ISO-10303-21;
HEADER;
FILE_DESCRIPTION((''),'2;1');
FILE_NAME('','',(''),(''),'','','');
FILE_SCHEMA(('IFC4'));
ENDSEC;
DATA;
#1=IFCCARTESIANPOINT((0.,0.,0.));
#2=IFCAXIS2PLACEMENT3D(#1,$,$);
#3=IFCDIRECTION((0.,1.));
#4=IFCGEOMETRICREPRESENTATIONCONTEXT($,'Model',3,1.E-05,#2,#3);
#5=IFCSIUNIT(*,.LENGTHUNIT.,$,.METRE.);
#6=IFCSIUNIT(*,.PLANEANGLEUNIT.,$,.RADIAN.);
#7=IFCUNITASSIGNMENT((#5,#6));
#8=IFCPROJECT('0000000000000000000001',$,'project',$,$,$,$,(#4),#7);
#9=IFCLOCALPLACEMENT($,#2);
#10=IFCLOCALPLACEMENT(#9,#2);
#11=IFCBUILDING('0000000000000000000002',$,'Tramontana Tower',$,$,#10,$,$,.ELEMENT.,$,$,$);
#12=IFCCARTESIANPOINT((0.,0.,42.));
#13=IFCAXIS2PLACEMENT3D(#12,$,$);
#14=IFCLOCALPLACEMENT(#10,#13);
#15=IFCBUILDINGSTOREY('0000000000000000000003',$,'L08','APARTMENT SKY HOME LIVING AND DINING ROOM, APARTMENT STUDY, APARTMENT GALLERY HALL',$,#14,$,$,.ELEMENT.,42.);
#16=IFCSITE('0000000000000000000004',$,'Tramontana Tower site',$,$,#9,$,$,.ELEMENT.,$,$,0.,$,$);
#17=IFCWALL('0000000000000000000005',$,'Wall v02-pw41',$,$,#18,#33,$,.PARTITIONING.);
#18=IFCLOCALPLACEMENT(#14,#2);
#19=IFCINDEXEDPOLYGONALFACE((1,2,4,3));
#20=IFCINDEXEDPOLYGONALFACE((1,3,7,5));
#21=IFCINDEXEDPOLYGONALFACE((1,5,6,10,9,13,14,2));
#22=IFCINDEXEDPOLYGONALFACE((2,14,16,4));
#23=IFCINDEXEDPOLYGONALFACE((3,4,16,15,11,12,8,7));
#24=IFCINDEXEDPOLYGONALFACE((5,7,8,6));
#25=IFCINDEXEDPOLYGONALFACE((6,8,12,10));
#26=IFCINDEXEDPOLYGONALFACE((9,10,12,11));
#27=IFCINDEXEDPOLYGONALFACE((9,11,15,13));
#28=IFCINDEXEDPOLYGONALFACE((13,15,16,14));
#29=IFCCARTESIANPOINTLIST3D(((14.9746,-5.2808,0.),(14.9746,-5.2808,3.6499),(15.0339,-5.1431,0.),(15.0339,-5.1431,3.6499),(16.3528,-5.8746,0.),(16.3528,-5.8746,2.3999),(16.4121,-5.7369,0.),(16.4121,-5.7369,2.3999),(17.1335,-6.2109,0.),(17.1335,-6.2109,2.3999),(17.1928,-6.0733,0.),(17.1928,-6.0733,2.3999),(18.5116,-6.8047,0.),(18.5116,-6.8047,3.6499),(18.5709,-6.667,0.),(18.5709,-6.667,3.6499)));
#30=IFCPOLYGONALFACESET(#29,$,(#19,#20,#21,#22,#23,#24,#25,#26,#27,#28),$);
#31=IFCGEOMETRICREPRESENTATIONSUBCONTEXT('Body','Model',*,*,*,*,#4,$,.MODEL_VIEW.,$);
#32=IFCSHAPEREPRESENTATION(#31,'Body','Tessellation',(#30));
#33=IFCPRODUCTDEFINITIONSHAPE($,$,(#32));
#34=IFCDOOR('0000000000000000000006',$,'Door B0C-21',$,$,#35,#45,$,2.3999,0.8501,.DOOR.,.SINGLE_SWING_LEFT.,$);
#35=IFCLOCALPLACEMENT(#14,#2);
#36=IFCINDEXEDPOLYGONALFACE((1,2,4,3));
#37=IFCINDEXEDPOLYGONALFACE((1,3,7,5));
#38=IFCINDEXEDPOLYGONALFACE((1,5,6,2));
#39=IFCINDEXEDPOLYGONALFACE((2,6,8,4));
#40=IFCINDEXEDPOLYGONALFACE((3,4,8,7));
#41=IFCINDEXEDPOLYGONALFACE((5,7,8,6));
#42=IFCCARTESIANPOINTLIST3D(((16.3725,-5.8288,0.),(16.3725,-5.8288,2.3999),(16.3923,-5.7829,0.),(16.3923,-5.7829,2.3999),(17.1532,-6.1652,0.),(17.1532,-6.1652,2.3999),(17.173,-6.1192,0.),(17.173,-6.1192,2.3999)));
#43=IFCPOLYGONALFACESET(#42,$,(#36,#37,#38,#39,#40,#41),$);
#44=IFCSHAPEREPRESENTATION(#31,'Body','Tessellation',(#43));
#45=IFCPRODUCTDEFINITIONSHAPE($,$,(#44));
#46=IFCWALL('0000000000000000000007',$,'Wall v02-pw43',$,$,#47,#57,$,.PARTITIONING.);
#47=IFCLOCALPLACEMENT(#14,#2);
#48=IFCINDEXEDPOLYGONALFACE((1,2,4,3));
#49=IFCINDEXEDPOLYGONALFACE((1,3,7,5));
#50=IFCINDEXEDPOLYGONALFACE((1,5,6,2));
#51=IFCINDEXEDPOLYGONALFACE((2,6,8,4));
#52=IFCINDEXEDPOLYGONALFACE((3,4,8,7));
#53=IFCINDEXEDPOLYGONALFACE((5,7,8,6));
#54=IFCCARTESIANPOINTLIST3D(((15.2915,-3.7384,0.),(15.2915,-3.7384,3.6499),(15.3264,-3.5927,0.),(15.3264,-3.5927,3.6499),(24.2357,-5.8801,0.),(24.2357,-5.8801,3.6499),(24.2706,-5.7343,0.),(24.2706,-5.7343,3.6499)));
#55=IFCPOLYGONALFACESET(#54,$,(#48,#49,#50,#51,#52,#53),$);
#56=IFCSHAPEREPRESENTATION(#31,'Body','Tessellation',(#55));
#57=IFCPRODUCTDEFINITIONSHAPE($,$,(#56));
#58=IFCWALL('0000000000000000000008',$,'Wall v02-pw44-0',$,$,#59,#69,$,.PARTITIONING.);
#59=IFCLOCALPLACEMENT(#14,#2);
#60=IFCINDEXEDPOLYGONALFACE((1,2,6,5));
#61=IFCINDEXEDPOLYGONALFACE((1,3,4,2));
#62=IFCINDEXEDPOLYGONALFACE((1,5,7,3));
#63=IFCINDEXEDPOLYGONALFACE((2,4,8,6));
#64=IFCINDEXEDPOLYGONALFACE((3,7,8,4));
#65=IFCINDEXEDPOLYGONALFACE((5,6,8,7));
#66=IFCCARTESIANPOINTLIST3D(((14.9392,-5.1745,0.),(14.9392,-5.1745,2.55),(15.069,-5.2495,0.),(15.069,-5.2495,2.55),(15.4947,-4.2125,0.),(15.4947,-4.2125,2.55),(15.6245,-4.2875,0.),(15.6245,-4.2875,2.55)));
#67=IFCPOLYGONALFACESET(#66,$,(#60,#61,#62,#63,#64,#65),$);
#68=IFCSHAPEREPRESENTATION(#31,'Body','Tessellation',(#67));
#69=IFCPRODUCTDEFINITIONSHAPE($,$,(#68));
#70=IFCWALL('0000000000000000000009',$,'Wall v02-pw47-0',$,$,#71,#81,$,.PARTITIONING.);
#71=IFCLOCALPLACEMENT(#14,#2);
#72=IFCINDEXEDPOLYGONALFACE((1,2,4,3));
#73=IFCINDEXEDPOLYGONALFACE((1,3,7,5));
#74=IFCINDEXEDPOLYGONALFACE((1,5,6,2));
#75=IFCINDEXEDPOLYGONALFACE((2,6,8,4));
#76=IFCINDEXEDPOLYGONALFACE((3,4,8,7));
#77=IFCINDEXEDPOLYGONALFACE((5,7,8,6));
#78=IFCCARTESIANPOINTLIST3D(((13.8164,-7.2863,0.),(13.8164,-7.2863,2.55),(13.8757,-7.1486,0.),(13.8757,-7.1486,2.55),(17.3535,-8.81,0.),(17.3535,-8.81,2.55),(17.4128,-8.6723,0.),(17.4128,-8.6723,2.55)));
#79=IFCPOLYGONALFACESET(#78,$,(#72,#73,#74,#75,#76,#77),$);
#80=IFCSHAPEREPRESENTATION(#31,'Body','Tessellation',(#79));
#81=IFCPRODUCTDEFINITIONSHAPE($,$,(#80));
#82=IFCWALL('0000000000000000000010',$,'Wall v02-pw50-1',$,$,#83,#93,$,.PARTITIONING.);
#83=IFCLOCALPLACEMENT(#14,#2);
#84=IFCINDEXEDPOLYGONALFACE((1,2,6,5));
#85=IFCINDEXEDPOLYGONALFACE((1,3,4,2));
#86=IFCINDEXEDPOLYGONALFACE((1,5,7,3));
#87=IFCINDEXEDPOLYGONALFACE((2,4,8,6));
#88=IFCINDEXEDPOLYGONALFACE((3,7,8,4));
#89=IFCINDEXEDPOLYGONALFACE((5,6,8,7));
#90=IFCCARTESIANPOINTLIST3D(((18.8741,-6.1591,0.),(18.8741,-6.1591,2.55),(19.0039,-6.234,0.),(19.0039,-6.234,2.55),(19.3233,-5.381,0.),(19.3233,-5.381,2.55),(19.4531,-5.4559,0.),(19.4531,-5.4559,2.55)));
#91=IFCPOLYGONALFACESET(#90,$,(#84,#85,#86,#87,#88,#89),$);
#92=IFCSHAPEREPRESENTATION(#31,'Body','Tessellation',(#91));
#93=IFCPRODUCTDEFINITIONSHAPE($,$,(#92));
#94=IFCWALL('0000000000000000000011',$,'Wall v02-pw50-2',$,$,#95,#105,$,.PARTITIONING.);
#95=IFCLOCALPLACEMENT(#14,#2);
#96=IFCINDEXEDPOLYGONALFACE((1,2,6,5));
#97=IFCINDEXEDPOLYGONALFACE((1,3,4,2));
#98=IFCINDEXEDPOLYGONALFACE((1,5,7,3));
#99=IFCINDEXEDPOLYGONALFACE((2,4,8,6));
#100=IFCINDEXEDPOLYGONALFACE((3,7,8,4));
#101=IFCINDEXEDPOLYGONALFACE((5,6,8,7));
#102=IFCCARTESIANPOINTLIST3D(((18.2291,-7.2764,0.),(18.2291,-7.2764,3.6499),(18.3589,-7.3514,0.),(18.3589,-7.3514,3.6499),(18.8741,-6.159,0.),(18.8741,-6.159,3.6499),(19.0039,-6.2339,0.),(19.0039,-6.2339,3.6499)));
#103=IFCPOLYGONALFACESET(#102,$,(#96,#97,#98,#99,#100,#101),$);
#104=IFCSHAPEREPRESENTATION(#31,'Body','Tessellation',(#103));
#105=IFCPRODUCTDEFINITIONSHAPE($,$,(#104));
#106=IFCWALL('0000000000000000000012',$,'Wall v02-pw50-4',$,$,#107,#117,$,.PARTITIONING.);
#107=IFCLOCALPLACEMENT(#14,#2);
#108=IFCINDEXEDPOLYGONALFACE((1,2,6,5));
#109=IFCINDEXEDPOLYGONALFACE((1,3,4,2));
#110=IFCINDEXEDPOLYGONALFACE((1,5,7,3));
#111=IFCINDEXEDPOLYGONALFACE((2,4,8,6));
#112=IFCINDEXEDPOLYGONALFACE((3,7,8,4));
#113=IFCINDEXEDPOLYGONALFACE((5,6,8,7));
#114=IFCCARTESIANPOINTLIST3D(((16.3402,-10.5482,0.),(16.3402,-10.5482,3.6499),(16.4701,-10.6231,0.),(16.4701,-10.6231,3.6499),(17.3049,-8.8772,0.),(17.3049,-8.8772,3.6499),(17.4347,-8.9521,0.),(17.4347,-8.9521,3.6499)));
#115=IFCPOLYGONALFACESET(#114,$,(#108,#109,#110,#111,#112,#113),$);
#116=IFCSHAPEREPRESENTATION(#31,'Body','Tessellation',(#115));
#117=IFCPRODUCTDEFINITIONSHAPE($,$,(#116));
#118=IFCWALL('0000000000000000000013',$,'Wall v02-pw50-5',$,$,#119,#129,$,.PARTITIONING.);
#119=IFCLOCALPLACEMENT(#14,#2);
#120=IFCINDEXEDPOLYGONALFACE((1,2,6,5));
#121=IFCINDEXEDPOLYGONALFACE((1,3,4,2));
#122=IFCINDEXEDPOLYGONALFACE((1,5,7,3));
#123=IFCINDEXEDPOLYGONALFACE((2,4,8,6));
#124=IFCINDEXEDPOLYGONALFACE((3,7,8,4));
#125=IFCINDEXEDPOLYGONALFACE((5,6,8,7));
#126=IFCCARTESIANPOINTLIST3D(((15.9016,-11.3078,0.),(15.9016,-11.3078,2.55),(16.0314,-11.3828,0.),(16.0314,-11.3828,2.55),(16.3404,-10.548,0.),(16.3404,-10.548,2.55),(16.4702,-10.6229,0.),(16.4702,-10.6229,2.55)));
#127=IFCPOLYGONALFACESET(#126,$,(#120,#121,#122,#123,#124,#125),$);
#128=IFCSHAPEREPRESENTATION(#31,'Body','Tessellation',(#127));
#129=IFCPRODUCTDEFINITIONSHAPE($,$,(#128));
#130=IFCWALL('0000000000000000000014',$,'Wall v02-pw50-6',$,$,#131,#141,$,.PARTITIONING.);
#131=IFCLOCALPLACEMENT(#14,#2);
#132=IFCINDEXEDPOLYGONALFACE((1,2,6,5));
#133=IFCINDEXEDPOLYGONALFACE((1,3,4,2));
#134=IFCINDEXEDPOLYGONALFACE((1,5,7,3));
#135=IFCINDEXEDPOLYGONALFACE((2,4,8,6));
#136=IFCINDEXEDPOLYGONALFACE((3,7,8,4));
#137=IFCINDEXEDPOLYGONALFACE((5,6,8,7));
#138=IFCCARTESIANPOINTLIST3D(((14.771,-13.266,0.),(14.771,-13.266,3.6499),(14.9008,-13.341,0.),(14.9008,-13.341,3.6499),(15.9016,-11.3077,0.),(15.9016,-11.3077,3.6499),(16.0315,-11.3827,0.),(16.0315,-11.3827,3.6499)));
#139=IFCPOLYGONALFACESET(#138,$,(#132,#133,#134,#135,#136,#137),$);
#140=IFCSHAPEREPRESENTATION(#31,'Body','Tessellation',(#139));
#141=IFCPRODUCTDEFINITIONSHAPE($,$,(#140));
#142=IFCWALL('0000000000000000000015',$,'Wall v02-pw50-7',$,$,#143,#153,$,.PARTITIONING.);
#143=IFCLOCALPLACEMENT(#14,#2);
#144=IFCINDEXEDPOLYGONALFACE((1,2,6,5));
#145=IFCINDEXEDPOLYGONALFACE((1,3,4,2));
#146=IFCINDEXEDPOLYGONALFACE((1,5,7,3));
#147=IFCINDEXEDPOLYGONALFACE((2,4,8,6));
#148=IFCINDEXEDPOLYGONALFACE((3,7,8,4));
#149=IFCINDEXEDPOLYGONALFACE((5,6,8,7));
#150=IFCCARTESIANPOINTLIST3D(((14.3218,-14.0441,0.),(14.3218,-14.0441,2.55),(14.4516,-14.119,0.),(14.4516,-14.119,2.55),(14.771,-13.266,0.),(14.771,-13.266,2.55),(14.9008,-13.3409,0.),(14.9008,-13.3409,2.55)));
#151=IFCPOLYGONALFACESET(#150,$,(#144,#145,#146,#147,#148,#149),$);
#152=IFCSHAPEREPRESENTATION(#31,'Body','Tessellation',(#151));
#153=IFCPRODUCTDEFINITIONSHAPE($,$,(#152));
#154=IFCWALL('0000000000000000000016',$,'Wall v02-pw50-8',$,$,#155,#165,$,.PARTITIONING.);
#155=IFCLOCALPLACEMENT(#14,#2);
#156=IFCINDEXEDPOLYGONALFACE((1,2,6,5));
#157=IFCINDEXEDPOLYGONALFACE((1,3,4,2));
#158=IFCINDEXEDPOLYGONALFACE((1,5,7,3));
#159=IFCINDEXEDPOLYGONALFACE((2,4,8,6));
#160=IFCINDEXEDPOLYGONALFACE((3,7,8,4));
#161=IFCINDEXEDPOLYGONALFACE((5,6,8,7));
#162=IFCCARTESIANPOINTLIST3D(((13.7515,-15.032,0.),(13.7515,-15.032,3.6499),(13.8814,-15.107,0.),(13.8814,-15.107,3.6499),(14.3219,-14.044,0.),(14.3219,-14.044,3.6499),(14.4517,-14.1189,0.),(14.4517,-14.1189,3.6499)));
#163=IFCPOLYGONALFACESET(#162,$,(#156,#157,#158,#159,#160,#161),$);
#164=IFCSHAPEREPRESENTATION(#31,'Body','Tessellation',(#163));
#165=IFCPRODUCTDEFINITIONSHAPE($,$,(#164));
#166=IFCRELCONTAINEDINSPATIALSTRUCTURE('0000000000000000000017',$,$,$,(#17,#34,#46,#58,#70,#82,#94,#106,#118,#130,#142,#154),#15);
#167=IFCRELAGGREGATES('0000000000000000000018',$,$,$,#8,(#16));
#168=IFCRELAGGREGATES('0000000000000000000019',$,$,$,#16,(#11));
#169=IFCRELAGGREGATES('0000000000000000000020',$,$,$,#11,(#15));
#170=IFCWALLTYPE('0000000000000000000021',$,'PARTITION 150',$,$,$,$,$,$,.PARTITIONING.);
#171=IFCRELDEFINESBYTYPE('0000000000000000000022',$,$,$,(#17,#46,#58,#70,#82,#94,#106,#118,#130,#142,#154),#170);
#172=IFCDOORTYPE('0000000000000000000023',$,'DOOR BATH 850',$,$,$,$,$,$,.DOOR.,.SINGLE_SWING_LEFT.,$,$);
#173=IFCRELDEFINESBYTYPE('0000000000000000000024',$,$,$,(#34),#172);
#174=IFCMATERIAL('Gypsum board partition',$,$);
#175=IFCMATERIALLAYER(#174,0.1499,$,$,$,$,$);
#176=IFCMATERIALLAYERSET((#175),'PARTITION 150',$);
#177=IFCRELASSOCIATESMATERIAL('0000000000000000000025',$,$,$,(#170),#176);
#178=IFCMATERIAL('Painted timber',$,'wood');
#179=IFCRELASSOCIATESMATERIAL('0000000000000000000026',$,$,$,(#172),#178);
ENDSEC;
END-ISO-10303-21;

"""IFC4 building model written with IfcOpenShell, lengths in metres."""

from ifc_helpers import new_model, si_unit, direction, frame, frame_2d, origin, place, context, subcontext, project, spatial, rectangle, extrude, material, layer, layer_set, type_object, element, fill, save


model = new_model("IFC4")

# Units and contexts
model_context = context("Model", 3, precision=1e-05, world=origin(), true_north=direction((0.0, 1.0)))
body_context = subcontext(model_context, "Body", "Model", "MODEL_VIEW")
ifc_project = project(units=[si_unit("LENGTHUNIT", "METRE"), si_unit("PLANEANGLEUNIT", "RADIAN")], contexts=[model_context])

# Site, building, storey
site_placement = place(None, origin())
site = spatial("IfcSite", under=ifc_project, at=site_placement, Name="Tramontana Tower site", CompositionType="ELEMENT", RefElevation=0.0)
building_placement = place(site_placement, origin())
building = spatial("IfcBuilding", under=site, at=building_placement, Name="Tramontana Tower", CompositionType="ELEMENT")
storey_placement = place(building_placement, frame((0.0, 0.0, 42.0)))
storey = spatial("IfcBuildingStorey", under=building, at=storey_placement, Name="L08", Description="APARTMENT SKY HOME LIVING AND DINING ROOM, APARTMENT STUDY, APARTMENT GALLERY HALL", CompositionType="ELEMENT", Elevation=42.0)

# Wall, opening, door
ifc_material_1 = material(Name="Gypsum board partition")
ifc_layer = layer(ifc_material_1, 0.1499)
ifc_layer_set = layer_set([ifc_layer], Name="PARTITION 150")
wall_type = type_object("IfcWallType", Name="PARTITION 150", PredefinedType="PARTITIONING", material=ifc_layer_set)
wall_1_placement = place(storey_placement, frame((15.0042, -5.2119, 0.0), z_axis=(0.0, 0.0, 1.0), x_axis=(0.918389, -0.395678, 0.0)))
wall_1 = element("IfcWall", 1, at=wall_1_placement, inside=storey, type_object=wall_type, Name="Wall v02-pw41", PredefinedType="PARTITIONING", context=body_context, shape_type="SweptSolid", body=[
    extrude(rectangle(XDim=3.8513, YDim=0.1499, at=frame_2d((1.9258, 0.0))), origin(), (0.0, 0.0, 1.0), 3.6499),
])
opening_1_placement = place(wall_1_placement, frame((1.5007, 0.0, 0.0)))
opening_1 = element("IfcOpeningElement", 2, at=opening_1_placement, cuts=wall_1, PredefinedType="OPENING", context=body_context, shape_type="SweptSolid", body=[
    extrude(rectangle(XDim=0.8501, YDim=2.3999, at=frame_2d((0.425, 1.2))), frame((0.0, 0.085, 0.0), z_axis=(0.0, -1.0, 0.0), x_axis=(1.0, 0.0, 0.0)), (0.0, 0.0, 1.0), 0.1699),
])
ifc_material_2 = material(Name="Painted timber", Category="wood")
door_type_1 = type_object("IfcDoorType", Name="DOOR BATH 850", OperationType="SINGLE_SWING_LEFT", PredefinedType="DOOR", material=ifc_material_2)
door_1_placement = place(opening_1_placement, origin())
door_1 = element("IfcDoor", 3, at=door_1_placement, inside=storey, type_object=door_type_1, Name="Door B0C-21", OperationType="SINGLE_SWING_LEFT", OverallHeight=2.3999, OverallWidth=0.8501, PredefinedType="DOOR", context=body_context, shape_type="SweptSolid", body=[
    extrude(rectangle(XDim=0.8501, YDim=2.3999, at=frame_2d((0.425, 1.2))), frame((0.0, 0.0249, 0.0), z_axis=(0.0, -1.0, 0.0), x_axis=(1.0, 0.0, 0.0)), (0.0, 0.0, 1.0), 0.05),
])
fill(opening_1, door_1)

# Walls
wall_2_placement = place(storey_placement, frame((15.3088, -3.6655, 0.0), z_axis=(0.0, 0.0, 1.0), x_axis=(0.97251, -0.232861, 0.0)))
element("IfcWall", 4, at=wall_2_placement, inside=storey, type_object=wall_type, Name="Wall v02-pw43", PredefinedType="PARTITIONING", context=body_context, shape_type="SweptSolid", body=[
    extrude(rectangle(XDim=9.197, YDim=0.1499, at=frame_2d((4.5986, 0.0))), origin(), (0.0, 0.0, 1.0), 3.6499),
])
wall_3_placement = place(storey_placement, frame((15.5596, -4.25, 0.0), z_axis=(0.0, 0.0, 1.0), x_axis=(-0.50004, -0.866003, 0.0)))
element("IfcWall", 5, at=wall_3_placement, inside=storey, type_object=wall_type, Name="Wall v02-pw44-0", PredefinedType="PARTITIONING", context=body_context, shape_type="SweptSolid", body=[
    extrude(rectangle(XDim=1.1108, YDim=0.1499, at=frame_2d((0.5554, 0.0))), origin(), (0.0, 0.0, 1.0), 2.55),
])
wall_4_placement = place(storey_placement, frame((17.3833, -8.7412, 0.0), z_axis=(0.0, 0.0, 1.0), x_axis=(-0.918412, 0.395625, 0.0)))
element("IfcWall", 6, at=wall_4_placement, inside=storey, type_object=wall_type, Name="Wall v02-pw47-0", PredefinedType="PARTITIONING", context=body_context, shape_type="SweptSolid", body=[
    extrude(rectangle(XDim=3.8513, YDim=0.1499, at=frame_2d((1.9258, 0.0))), origin(), (0.0, 0.0, 1.0), 2.55),
])
wall_5_placement = place(storey_placement, frame((19.3882, -5.4185, 0.0), z_axis=(0.0, 0.0, 1.0), x_axis=(-0.499997, -0.866027, 0.0)))
element("IfcWall", 7, at=wall_5_placement, inside=storey, type_object=wall_type, Name="Wall v02-pw50-1", PredefinedType="PARTITIONING", context=body_context, shape_type="SweptSolid", body=[
    extrude(rectangle(XDim=0.8984, YDim=0.1499, at=frame_2d((0.4492, 0.0))), origin(), (0.0, 0.0, 1.0), 2.55),
])
wall_6_placement = place(storey_placement, frame((18.939, -6.1965, 0.0), z_axis=(0.0, 0.0, 1.0), x_axis=(-0.499924, -0.866069, 0.0)))
element("IfcWall", 8, at=wall_6_placement, inside=storey, type_object=wall_type, Name="Wall v02-pw50-2", PredefinedType="PARTITIONING", context=body_context, shape_type="SweptSolid", body=[
    extrude(rectangle(XDim=1.2903, YDim=0.1499, at=frame_2d((0.645, 0.0))), origin(), (0.0, 0.0, 1.0), 3.6499),
])

# Walls
wall_7_placement = place(storey_placement, frame((17.3699, -8.9146, 0.0), z_axis=(0.0, 0.0, 1.0), x_axis=(-0.499963, -0.866047, 0.0)))
element("IfcWall", 9, at=wall_7_placement, inside=storey, type_object=wall_type, Name="Wall v02-pw50-4", PredefinedType="PARTITIONING", context=body_context, shape_type="SweptSolid", body=[
    extrude(rectangle(XDim=1.9294, YDim=0.1499, at=frame_2d((0.9648, 0.0))), origin(), (0.0, 0.0, 1.0), 3.6499),
])
wall_8_placement = place(storey_placement, frame((16.4053, -10.5854, 0.0), z_axis=(0.0, 0.0, 1.0), x_axis=(-0.50006, -0.865991, 0.0)))
element("IfcWall", 10, at=wall_8_placement, inside=storey, type_object=wall_type, Name="Wall v02-pw50-5", PredefinedType="PARTITIONING", context=body_context, shape_type="SweptSolid", body=[
    extrude(rectangle(XDim=0.8774, YDim=0.1499, at=frame_2d((0.4387, 0.0))), origin(), (0.0, 0.0, 1.0), 2.55),
])
wall_9_placement = place(storey_placement, frame((15.9666, -11.3452, 0.0), z_axis=(0.0, 0.0, 1.0), x_axis=(-0.500006, -0.866022, 0.0)))
element("IfcWall", 11, at=wall_9_placement, inside=storey, type_object=wall_type, Name="Wall v02-pw50-6", PredefinedType="PARTITIONING", context=body_context, shape_type="SweptSolid", body=[
    extrude(rectangle(XDim=2.2612, YDim=0.1499, at=frame_2d((1.1306, 0.0))), origin(), (0.0, 0.0, 1.0), 3.6499),
])
wall_10_placement = place(storey_placement, frame((14.8359, -13.3035, 0.0), z_axis=(0.0, 0.0, 1.0), x_axis=(-0.499997, -0.866027, 0.0)))
element("IfcWall", 12, at=wall_10_placement, inside=storey, type_object=wall_type, Name="Wall v02-pw50-7", PredefinedType="PARTITIONING", context=body_context, shape_type="SweptSolid", body=[
    extrude(rectangle(XDim=0.8984, YDim=0.1499, at=frame_2d((0.4492, 0.0))), origin(), (0.0, 0.0, 1.0), 2.55),
])
wall_11_placement = place(storey_placement, frame((14.3867, -14.0815, 0.0), z_axis=(0.0, 0.0, 1.0), x_axis=(-0.499914, -0.866075, 0.0)))
element("IfcWall", 13, at=wall_11_placement, inside=storey, type_object=wall_type, Name="Wall v02-pw50-8", PredefinedType="PARTITIONING", context=body_context, shape_type="SweptSolid", body=[
    extrude(rectangle(XDim=1.1409, YDim=0.1499, at=frame_2d((0.5703, 0.0))), origin(), (0.0, 0.0, 1.0), 3.6499),
])

save(model, "model.ifc")
